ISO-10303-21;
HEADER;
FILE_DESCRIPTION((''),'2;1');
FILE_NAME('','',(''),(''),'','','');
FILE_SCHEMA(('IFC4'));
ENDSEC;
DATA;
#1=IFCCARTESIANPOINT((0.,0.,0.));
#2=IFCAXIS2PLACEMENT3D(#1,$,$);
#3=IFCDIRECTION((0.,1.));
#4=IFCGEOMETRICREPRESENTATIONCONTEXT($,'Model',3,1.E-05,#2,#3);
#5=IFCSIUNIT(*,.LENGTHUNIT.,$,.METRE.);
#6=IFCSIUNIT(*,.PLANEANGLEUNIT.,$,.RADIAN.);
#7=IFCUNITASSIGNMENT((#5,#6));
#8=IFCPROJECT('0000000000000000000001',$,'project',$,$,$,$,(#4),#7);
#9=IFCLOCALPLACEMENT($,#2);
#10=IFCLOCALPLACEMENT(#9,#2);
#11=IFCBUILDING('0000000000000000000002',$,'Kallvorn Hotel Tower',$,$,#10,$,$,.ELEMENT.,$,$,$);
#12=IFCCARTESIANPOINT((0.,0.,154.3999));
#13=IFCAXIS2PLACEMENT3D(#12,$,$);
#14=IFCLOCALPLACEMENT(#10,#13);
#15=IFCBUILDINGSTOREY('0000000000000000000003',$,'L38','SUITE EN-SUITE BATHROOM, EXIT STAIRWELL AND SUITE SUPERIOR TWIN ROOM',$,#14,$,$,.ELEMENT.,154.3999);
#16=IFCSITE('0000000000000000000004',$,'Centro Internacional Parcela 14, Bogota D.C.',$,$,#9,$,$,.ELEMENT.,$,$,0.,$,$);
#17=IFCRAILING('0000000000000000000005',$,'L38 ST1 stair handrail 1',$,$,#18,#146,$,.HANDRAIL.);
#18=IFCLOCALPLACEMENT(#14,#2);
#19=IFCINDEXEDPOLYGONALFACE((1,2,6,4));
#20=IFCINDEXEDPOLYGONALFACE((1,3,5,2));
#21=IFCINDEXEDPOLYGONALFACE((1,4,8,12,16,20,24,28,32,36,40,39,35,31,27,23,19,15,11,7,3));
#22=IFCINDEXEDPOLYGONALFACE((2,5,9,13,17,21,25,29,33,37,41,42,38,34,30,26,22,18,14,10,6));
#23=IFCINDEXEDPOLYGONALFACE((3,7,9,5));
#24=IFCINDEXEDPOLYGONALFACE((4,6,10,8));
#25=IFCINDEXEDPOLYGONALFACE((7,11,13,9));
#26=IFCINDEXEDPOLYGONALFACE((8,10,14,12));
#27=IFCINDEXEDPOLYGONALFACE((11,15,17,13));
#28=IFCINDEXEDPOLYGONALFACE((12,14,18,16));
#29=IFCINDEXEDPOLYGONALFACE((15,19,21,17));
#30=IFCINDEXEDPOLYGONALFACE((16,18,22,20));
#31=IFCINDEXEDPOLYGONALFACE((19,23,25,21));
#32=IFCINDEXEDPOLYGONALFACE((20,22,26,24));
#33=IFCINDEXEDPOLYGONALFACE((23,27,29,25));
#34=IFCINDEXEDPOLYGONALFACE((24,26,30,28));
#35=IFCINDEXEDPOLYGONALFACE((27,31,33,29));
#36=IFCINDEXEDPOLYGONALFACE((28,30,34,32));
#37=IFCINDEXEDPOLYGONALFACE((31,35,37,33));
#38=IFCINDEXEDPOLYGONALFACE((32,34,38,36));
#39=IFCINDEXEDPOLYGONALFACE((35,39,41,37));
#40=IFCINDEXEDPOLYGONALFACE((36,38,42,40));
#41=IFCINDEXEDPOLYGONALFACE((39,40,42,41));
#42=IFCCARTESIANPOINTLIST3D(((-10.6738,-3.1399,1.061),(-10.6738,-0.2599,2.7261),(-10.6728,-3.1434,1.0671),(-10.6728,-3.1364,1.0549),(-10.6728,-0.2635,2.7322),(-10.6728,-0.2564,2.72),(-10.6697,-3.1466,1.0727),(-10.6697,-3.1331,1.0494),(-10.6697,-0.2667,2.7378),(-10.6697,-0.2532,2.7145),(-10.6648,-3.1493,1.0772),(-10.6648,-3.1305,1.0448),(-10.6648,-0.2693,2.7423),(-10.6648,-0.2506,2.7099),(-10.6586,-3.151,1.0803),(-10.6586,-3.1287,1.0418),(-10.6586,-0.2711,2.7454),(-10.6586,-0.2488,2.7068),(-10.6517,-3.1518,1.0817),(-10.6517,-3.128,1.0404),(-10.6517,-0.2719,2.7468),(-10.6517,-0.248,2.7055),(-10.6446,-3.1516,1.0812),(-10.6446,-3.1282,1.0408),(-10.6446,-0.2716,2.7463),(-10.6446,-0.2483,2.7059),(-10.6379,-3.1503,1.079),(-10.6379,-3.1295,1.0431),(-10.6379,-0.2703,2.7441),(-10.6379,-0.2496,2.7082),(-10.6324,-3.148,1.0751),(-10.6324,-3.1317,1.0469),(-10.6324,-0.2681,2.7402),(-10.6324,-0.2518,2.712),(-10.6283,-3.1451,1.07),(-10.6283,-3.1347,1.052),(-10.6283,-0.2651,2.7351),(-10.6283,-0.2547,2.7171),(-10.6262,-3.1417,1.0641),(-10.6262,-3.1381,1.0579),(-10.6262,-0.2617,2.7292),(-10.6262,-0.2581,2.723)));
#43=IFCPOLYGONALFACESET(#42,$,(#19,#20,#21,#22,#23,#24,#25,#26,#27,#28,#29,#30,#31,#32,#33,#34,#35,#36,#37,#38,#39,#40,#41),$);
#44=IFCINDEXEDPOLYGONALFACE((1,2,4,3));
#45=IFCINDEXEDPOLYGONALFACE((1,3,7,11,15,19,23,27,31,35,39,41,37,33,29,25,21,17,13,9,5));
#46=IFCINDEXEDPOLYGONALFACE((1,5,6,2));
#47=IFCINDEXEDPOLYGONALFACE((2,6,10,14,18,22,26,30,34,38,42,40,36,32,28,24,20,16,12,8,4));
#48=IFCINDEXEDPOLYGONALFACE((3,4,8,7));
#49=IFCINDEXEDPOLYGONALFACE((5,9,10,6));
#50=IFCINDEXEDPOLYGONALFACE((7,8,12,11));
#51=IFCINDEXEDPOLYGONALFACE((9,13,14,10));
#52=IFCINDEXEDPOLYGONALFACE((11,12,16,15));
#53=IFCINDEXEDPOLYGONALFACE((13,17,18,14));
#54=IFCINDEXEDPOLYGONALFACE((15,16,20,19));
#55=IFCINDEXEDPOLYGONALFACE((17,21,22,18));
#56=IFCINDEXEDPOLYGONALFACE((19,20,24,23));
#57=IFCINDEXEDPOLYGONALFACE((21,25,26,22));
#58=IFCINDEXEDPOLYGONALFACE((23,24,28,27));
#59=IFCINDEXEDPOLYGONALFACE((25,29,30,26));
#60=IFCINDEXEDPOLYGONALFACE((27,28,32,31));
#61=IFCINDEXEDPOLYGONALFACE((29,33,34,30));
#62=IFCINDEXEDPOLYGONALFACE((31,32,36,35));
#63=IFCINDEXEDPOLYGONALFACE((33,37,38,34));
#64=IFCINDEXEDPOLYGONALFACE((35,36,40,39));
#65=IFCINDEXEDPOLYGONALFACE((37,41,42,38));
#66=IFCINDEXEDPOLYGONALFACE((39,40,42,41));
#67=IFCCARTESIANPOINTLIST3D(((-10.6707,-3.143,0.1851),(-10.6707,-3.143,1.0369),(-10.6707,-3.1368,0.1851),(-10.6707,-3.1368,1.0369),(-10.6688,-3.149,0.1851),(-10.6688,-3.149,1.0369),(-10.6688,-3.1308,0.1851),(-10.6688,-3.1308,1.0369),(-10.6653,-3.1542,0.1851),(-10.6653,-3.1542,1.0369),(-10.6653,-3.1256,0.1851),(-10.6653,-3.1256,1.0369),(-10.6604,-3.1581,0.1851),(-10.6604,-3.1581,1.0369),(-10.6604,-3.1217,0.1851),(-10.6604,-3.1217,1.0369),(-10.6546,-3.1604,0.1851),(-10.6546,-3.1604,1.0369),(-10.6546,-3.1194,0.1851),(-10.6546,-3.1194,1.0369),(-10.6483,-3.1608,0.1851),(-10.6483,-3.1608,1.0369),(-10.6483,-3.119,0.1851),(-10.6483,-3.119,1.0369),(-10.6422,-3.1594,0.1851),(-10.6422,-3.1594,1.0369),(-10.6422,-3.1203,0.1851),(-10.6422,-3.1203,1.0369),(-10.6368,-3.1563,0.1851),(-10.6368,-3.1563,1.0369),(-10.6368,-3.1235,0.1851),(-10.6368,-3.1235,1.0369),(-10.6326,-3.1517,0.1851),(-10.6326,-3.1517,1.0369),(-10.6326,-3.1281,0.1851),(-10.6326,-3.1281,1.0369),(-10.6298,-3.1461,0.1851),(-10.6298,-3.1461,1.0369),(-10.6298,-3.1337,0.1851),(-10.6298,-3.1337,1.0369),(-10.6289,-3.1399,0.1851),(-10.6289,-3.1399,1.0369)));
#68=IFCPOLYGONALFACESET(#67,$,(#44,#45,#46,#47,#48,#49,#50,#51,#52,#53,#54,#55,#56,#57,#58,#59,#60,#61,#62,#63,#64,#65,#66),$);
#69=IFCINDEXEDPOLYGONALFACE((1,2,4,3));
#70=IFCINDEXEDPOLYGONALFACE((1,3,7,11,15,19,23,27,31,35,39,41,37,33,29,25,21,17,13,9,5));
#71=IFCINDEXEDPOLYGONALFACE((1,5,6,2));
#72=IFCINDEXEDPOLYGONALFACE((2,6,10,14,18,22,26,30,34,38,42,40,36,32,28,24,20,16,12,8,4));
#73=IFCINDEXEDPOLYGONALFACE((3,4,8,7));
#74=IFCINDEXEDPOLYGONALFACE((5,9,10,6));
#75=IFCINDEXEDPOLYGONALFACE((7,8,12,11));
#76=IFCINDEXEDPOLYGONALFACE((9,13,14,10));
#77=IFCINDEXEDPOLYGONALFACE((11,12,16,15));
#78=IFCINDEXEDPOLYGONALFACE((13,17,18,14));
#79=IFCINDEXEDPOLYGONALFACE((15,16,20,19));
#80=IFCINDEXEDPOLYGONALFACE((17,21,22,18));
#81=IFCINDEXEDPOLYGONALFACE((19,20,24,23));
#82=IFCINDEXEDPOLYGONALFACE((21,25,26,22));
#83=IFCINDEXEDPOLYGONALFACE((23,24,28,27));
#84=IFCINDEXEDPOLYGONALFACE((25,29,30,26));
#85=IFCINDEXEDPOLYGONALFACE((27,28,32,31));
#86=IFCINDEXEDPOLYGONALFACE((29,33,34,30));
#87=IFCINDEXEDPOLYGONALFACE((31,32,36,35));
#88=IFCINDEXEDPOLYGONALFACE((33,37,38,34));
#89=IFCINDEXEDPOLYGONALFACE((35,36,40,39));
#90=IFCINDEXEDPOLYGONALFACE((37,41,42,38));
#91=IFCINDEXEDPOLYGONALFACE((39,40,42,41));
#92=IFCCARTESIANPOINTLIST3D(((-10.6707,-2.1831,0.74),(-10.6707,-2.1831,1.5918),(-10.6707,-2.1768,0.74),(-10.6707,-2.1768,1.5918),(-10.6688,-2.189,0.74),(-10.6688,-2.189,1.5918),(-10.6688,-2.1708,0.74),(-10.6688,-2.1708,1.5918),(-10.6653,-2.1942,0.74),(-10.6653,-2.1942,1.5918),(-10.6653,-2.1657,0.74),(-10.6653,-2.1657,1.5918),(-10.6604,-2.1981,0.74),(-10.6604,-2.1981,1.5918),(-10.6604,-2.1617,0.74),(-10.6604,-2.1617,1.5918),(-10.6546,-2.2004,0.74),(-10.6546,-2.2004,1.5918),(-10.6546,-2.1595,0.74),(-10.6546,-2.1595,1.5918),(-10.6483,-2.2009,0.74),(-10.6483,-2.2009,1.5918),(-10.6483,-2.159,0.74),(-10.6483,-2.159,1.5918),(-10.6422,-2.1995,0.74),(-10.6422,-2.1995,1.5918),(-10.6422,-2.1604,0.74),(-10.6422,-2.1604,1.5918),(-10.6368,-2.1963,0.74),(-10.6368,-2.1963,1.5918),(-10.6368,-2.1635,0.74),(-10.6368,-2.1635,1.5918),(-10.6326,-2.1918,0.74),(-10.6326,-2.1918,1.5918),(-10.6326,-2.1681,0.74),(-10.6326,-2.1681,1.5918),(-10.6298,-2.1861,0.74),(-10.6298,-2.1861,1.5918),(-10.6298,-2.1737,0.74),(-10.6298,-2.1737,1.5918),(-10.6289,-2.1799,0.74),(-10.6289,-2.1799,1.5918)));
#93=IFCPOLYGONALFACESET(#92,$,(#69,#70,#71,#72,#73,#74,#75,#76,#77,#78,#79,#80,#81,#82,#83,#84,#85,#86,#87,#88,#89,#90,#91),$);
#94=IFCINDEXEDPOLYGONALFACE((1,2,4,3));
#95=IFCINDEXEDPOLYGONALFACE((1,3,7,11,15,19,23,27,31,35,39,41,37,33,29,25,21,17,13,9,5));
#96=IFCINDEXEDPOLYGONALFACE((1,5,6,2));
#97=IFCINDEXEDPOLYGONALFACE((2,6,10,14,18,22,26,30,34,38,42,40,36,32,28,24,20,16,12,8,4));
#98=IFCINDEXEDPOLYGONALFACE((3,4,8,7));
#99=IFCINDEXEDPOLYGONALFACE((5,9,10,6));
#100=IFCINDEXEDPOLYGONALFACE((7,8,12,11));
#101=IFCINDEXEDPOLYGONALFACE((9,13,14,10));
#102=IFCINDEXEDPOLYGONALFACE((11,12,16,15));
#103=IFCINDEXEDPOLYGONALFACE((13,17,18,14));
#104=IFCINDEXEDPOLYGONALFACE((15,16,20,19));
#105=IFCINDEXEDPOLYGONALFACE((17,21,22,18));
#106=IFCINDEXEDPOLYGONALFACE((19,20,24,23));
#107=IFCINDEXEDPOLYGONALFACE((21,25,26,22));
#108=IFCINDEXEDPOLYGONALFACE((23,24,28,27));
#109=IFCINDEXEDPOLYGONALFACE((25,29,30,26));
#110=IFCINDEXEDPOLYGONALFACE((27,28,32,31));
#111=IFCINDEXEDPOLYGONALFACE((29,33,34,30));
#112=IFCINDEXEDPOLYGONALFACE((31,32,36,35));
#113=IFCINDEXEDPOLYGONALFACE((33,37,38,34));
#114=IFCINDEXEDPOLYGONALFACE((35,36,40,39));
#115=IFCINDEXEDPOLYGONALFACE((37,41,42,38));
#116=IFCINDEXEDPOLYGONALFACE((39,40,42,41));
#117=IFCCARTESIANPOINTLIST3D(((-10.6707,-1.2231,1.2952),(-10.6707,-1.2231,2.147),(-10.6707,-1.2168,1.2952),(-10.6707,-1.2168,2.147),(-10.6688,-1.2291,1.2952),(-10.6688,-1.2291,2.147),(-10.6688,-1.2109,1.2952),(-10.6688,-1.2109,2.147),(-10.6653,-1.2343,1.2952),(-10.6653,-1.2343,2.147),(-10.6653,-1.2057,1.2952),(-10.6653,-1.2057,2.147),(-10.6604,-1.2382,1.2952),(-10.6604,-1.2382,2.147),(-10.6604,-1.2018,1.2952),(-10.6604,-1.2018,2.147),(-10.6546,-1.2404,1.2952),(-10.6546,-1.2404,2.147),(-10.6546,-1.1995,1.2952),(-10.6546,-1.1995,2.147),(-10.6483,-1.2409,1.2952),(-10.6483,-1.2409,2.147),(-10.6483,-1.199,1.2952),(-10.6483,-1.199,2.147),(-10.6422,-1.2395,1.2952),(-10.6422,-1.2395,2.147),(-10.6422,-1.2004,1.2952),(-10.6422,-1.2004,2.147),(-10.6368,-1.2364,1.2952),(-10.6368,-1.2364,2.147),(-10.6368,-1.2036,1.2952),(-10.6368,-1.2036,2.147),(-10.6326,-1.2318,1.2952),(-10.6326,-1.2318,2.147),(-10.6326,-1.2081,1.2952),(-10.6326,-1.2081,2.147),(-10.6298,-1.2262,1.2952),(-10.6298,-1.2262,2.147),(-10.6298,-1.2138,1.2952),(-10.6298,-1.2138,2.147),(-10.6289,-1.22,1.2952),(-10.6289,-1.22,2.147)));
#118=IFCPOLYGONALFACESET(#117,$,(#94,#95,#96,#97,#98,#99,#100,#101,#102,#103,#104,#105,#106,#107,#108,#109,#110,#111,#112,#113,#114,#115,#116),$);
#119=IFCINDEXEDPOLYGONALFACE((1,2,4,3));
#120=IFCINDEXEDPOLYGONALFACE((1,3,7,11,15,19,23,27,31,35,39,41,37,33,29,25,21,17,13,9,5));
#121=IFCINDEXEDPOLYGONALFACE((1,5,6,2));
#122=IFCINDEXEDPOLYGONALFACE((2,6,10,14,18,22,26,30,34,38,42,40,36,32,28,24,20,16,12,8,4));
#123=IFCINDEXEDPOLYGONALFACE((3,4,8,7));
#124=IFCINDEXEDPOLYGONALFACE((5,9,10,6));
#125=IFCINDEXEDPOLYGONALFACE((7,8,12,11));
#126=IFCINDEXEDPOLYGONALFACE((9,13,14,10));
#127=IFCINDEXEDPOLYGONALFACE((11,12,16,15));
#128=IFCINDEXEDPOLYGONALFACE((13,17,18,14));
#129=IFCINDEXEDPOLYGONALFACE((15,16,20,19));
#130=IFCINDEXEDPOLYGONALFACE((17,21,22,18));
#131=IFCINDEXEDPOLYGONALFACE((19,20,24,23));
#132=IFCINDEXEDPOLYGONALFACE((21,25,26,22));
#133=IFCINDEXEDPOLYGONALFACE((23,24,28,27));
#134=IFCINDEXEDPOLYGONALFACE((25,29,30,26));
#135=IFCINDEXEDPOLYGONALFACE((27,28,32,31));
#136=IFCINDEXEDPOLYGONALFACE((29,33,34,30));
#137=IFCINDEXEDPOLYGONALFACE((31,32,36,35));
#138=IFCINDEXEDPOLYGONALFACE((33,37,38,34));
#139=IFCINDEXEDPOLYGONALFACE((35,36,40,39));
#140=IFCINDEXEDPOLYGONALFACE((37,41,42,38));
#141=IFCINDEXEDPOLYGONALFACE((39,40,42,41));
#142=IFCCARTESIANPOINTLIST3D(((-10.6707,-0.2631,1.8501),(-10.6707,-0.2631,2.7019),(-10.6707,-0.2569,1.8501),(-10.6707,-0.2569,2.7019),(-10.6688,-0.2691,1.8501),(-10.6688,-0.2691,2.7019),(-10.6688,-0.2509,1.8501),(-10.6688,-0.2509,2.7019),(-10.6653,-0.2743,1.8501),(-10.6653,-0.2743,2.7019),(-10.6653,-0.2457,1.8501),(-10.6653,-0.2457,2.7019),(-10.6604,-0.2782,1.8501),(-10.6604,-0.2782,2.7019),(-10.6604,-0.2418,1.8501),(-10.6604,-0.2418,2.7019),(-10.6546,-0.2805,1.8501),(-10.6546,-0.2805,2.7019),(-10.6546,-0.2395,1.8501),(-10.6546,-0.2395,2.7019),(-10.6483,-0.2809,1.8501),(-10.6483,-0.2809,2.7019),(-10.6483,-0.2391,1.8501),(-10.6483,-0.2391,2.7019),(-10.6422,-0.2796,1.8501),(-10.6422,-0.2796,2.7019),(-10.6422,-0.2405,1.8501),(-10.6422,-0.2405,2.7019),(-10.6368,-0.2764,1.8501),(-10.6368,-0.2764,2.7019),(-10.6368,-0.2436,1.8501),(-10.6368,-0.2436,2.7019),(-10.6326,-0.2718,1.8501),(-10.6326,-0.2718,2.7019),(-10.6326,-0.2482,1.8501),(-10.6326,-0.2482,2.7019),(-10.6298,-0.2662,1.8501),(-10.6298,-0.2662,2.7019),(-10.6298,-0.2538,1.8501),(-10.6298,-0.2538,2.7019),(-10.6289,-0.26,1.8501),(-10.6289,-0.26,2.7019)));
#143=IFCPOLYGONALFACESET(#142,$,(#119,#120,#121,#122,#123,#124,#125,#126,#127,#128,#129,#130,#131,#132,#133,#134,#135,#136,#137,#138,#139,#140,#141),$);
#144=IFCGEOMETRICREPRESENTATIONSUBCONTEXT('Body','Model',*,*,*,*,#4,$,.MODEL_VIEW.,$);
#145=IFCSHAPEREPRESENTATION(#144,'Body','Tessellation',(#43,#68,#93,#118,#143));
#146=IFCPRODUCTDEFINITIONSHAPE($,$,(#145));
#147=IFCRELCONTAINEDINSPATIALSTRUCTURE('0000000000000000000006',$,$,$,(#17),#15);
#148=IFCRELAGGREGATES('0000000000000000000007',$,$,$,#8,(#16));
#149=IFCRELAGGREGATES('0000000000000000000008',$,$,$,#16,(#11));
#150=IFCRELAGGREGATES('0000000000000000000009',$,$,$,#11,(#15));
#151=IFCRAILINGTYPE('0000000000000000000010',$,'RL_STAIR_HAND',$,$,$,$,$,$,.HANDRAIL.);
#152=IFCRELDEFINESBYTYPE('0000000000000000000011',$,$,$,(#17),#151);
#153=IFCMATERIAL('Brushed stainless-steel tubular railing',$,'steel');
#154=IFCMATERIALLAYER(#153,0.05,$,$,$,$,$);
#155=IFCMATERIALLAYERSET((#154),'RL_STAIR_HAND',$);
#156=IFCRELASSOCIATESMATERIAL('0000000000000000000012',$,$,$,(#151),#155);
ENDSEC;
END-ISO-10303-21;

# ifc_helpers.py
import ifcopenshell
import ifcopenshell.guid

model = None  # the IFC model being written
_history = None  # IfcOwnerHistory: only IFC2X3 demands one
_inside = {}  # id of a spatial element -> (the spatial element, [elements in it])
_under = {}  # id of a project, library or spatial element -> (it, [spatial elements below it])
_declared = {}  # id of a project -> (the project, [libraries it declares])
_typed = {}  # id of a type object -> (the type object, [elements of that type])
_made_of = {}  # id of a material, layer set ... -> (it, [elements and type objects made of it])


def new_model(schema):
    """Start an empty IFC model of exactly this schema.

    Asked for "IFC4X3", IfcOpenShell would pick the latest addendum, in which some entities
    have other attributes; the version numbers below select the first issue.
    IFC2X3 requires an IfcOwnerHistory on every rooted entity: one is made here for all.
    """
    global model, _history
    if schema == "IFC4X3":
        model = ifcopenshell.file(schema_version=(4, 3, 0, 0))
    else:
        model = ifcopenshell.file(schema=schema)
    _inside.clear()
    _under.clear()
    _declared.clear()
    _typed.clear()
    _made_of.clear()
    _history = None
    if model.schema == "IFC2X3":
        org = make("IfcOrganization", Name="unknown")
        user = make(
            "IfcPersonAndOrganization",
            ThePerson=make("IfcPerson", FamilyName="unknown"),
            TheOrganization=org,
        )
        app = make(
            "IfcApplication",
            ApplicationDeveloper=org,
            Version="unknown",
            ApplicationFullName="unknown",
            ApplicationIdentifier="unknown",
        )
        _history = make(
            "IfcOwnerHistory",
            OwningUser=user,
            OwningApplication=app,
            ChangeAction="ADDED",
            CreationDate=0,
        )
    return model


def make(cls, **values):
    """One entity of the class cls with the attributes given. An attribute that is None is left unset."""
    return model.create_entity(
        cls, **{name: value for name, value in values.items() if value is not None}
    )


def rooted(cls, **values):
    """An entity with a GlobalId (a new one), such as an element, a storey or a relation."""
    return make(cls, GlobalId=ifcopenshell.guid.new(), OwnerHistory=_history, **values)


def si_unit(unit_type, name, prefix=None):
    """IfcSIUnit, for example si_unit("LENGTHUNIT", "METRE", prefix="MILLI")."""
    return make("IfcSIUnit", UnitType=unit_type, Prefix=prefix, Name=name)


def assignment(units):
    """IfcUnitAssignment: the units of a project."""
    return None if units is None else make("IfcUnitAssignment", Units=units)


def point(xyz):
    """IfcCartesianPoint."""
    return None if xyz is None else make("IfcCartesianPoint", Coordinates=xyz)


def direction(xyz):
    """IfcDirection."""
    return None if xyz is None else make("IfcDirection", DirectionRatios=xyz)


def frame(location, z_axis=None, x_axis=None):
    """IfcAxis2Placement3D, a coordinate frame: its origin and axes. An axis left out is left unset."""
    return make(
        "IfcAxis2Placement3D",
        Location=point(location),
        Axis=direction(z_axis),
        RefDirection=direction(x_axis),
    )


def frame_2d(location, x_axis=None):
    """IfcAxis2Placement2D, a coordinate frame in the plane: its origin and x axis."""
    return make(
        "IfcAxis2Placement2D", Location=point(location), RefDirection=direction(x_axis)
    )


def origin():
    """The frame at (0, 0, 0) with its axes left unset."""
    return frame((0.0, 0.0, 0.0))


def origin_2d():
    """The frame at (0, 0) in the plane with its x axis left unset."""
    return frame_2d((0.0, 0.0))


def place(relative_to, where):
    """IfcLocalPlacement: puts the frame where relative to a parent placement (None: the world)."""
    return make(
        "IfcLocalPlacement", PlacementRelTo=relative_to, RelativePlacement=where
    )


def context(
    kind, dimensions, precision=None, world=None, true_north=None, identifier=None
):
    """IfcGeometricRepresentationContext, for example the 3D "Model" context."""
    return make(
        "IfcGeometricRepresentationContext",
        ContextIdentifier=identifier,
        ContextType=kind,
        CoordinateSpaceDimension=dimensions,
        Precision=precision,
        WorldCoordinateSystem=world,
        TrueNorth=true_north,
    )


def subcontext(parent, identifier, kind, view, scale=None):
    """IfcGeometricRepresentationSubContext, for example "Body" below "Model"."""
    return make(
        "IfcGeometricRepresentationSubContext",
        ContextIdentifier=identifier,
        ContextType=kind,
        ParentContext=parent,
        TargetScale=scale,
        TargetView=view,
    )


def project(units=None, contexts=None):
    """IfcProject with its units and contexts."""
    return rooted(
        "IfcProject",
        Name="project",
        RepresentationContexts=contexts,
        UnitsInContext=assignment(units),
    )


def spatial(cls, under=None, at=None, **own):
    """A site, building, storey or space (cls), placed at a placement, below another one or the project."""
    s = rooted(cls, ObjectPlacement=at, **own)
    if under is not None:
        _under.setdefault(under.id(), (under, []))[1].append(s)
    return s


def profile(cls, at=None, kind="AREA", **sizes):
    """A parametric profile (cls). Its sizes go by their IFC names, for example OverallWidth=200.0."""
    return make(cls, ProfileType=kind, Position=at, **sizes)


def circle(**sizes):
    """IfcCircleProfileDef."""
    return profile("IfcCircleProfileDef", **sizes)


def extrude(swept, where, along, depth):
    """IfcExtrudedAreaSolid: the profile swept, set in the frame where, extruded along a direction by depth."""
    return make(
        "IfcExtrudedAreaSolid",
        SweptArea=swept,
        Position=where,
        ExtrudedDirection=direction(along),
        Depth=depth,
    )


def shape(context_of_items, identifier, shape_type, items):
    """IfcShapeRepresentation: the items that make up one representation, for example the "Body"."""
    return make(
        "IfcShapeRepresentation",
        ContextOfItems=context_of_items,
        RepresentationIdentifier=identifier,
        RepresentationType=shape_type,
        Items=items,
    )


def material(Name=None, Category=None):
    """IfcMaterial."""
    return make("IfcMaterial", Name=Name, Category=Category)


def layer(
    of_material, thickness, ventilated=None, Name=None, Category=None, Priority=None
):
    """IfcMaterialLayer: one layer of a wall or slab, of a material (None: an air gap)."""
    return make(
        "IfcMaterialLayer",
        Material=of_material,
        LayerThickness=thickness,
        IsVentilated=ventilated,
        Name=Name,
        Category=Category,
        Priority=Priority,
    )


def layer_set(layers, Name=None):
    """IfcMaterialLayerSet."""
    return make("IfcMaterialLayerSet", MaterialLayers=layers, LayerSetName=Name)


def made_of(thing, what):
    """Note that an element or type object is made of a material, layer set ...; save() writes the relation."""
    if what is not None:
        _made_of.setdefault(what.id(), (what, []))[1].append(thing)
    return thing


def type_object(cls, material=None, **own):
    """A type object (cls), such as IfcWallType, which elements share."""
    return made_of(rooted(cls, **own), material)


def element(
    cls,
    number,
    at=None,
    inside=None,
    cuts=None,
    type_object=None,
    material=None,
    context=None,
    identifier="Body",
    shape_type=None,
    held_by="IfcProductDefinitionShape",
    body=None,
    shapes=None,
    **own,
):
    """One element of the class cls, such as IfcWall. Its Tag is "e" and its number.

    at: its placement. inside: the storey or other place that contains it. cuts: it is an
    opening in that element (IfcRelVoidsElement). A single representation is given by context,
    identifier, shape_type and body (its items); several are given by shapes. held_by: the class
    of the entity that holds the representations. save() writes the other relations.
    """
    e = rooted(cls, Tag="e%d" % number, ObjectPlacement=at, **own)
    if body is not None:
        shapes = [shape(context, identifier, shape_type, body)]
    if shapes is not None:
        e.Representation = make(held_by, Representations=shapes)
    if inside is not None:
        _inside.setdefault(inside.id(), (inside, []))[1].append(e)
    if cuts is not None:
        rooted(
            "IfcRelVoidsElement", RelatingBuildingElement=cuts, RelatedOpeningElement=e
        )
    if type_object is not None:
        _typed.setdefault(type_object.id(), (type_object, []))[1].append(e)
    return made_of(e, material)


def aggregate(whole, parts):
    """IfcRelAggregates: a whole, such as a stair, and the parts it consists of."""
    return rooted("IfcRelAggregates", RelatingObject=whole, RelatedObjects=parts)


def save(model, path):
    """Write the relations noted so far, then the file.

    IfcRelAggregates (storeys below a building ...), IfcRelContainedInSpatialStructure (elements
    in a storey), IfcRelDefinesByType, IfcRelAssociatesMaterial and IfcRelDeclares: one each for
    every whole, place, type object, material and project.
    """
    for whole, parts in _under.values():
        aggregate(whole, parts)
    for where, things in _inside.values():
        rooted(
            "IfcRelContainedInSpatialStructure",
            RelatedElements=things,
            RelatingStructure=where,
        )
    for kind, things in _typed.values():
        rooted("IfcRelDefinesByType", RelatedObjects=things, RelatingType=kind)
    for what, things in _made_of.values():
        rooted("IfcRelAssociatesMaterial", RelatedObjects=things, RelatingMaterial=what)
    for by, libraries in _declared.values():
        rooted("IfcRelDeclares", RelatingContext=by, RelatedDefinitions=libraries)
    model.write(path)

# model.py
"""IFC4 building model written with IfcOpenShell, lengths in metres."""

from ifc_helpers import new_model, si_unit, direction, frame, origin, origin_2d, place, context, subcontext, project, spatial, circle, extrude, material, layer, layer_set, type_object, element, save


model = new_model("IFC4")

# Units and contexts
model_context = context("Model", 3, precision=1e-05, world=origin(), true_north=direction((0.0, 1.0)))
body_context = subcontext(model_context, "Body", "Model", "MODEL_VIEW")
ifc_project = project(units=[si_unit("LENGTHUNIT", "METRE"), si_unit("PLANEANGLEUNIT", "RADIAN")], contexts=[model_context])

# Site, building, storey
site_placement = place(None, origin())
site = spatial("IfcSite", under=ifc_project, at=site_placement, Name="Centro Internacional Parcela 14, Bogota D.C.", CompositionType="ELEMENT", RefElevation=0.0)
building_placement = place(site_placement, origin())
building = spatial("IfcBuilding", under=site, at=building_placement, Name="Kallvorn Hotel Tower", CompositionType="ELEMENT")
storey_placement = place(building_placement, frame((0.0, 0.0, 154.3999)))
storey = spatial("IfcBuildingStorey", under=building, at=storey_placement, Name="L38", Description="SUITE EN-SUITE BATHROOM, EXIT STAIRWELL AND SUITE SUPERIOR TWIN ROOM", CompositionType="ELEMENT", Elevation=154.3999)

# Railing
ifc_material_1 = material(Name="Brushed stainless-steel tubular railing", Category="steel")
ifc_layer_1 = layer(ifc_material_1, 0.05)
ifc_layer_set_1 = layer_set([ifc_layer_1], Name="RL_STAIR_HAND")
railing_type_1 = type_object("IfcRailingType", Name="RL_STAIR_HAND", PredefinedType="HANDRAIL", material=ifc_layer_set_1)
railing_1_placement = place(storey_placement, frame((-10.6499, -3.1399, 0.1851)))
element("IfcRailing", 1, at=railing_1_placement, inside=storey, type_object=railing_type_1, Name="L38 ST1 stair handrail 1", PredefinedType="HANDRAIL", context=body_context, shape_type="SweptSolid", body=[
    extrude(circle(Radius=0.0239, at=origin_2d()), frame((0.0, 0.0, 0.876), z_axis=(0.0, 0.865721, 0.500527), x_axis=(-1.0, 0.0, 0.0)), (0.0, 0.0, 1.0), 3.3267),
    extrude(circle(Radius=0.021, at=origin_2d()), origin(), (0.0, 0.0, 1.0), 0.8518),
    extrude(circle(Radius=0.021, at=origin_2d()), frame((0.0, 0.96, 0.5549)), (0.0, 0.0, 1.0), 0.8518),
    extrude(circle(Radius=0.021, at=origin_2d()), frame((0.0, 1.9199, 1.1101)), (0.0, 0.0, 1.0), 0.8518),
    extrude(circle(Radius=0.021, at=origin_2d()), frame((0.0, 2.8799, 1.665)), (0.0, 0.0, 1.0), 0.8518),
])

save(model, "model.ifc")
